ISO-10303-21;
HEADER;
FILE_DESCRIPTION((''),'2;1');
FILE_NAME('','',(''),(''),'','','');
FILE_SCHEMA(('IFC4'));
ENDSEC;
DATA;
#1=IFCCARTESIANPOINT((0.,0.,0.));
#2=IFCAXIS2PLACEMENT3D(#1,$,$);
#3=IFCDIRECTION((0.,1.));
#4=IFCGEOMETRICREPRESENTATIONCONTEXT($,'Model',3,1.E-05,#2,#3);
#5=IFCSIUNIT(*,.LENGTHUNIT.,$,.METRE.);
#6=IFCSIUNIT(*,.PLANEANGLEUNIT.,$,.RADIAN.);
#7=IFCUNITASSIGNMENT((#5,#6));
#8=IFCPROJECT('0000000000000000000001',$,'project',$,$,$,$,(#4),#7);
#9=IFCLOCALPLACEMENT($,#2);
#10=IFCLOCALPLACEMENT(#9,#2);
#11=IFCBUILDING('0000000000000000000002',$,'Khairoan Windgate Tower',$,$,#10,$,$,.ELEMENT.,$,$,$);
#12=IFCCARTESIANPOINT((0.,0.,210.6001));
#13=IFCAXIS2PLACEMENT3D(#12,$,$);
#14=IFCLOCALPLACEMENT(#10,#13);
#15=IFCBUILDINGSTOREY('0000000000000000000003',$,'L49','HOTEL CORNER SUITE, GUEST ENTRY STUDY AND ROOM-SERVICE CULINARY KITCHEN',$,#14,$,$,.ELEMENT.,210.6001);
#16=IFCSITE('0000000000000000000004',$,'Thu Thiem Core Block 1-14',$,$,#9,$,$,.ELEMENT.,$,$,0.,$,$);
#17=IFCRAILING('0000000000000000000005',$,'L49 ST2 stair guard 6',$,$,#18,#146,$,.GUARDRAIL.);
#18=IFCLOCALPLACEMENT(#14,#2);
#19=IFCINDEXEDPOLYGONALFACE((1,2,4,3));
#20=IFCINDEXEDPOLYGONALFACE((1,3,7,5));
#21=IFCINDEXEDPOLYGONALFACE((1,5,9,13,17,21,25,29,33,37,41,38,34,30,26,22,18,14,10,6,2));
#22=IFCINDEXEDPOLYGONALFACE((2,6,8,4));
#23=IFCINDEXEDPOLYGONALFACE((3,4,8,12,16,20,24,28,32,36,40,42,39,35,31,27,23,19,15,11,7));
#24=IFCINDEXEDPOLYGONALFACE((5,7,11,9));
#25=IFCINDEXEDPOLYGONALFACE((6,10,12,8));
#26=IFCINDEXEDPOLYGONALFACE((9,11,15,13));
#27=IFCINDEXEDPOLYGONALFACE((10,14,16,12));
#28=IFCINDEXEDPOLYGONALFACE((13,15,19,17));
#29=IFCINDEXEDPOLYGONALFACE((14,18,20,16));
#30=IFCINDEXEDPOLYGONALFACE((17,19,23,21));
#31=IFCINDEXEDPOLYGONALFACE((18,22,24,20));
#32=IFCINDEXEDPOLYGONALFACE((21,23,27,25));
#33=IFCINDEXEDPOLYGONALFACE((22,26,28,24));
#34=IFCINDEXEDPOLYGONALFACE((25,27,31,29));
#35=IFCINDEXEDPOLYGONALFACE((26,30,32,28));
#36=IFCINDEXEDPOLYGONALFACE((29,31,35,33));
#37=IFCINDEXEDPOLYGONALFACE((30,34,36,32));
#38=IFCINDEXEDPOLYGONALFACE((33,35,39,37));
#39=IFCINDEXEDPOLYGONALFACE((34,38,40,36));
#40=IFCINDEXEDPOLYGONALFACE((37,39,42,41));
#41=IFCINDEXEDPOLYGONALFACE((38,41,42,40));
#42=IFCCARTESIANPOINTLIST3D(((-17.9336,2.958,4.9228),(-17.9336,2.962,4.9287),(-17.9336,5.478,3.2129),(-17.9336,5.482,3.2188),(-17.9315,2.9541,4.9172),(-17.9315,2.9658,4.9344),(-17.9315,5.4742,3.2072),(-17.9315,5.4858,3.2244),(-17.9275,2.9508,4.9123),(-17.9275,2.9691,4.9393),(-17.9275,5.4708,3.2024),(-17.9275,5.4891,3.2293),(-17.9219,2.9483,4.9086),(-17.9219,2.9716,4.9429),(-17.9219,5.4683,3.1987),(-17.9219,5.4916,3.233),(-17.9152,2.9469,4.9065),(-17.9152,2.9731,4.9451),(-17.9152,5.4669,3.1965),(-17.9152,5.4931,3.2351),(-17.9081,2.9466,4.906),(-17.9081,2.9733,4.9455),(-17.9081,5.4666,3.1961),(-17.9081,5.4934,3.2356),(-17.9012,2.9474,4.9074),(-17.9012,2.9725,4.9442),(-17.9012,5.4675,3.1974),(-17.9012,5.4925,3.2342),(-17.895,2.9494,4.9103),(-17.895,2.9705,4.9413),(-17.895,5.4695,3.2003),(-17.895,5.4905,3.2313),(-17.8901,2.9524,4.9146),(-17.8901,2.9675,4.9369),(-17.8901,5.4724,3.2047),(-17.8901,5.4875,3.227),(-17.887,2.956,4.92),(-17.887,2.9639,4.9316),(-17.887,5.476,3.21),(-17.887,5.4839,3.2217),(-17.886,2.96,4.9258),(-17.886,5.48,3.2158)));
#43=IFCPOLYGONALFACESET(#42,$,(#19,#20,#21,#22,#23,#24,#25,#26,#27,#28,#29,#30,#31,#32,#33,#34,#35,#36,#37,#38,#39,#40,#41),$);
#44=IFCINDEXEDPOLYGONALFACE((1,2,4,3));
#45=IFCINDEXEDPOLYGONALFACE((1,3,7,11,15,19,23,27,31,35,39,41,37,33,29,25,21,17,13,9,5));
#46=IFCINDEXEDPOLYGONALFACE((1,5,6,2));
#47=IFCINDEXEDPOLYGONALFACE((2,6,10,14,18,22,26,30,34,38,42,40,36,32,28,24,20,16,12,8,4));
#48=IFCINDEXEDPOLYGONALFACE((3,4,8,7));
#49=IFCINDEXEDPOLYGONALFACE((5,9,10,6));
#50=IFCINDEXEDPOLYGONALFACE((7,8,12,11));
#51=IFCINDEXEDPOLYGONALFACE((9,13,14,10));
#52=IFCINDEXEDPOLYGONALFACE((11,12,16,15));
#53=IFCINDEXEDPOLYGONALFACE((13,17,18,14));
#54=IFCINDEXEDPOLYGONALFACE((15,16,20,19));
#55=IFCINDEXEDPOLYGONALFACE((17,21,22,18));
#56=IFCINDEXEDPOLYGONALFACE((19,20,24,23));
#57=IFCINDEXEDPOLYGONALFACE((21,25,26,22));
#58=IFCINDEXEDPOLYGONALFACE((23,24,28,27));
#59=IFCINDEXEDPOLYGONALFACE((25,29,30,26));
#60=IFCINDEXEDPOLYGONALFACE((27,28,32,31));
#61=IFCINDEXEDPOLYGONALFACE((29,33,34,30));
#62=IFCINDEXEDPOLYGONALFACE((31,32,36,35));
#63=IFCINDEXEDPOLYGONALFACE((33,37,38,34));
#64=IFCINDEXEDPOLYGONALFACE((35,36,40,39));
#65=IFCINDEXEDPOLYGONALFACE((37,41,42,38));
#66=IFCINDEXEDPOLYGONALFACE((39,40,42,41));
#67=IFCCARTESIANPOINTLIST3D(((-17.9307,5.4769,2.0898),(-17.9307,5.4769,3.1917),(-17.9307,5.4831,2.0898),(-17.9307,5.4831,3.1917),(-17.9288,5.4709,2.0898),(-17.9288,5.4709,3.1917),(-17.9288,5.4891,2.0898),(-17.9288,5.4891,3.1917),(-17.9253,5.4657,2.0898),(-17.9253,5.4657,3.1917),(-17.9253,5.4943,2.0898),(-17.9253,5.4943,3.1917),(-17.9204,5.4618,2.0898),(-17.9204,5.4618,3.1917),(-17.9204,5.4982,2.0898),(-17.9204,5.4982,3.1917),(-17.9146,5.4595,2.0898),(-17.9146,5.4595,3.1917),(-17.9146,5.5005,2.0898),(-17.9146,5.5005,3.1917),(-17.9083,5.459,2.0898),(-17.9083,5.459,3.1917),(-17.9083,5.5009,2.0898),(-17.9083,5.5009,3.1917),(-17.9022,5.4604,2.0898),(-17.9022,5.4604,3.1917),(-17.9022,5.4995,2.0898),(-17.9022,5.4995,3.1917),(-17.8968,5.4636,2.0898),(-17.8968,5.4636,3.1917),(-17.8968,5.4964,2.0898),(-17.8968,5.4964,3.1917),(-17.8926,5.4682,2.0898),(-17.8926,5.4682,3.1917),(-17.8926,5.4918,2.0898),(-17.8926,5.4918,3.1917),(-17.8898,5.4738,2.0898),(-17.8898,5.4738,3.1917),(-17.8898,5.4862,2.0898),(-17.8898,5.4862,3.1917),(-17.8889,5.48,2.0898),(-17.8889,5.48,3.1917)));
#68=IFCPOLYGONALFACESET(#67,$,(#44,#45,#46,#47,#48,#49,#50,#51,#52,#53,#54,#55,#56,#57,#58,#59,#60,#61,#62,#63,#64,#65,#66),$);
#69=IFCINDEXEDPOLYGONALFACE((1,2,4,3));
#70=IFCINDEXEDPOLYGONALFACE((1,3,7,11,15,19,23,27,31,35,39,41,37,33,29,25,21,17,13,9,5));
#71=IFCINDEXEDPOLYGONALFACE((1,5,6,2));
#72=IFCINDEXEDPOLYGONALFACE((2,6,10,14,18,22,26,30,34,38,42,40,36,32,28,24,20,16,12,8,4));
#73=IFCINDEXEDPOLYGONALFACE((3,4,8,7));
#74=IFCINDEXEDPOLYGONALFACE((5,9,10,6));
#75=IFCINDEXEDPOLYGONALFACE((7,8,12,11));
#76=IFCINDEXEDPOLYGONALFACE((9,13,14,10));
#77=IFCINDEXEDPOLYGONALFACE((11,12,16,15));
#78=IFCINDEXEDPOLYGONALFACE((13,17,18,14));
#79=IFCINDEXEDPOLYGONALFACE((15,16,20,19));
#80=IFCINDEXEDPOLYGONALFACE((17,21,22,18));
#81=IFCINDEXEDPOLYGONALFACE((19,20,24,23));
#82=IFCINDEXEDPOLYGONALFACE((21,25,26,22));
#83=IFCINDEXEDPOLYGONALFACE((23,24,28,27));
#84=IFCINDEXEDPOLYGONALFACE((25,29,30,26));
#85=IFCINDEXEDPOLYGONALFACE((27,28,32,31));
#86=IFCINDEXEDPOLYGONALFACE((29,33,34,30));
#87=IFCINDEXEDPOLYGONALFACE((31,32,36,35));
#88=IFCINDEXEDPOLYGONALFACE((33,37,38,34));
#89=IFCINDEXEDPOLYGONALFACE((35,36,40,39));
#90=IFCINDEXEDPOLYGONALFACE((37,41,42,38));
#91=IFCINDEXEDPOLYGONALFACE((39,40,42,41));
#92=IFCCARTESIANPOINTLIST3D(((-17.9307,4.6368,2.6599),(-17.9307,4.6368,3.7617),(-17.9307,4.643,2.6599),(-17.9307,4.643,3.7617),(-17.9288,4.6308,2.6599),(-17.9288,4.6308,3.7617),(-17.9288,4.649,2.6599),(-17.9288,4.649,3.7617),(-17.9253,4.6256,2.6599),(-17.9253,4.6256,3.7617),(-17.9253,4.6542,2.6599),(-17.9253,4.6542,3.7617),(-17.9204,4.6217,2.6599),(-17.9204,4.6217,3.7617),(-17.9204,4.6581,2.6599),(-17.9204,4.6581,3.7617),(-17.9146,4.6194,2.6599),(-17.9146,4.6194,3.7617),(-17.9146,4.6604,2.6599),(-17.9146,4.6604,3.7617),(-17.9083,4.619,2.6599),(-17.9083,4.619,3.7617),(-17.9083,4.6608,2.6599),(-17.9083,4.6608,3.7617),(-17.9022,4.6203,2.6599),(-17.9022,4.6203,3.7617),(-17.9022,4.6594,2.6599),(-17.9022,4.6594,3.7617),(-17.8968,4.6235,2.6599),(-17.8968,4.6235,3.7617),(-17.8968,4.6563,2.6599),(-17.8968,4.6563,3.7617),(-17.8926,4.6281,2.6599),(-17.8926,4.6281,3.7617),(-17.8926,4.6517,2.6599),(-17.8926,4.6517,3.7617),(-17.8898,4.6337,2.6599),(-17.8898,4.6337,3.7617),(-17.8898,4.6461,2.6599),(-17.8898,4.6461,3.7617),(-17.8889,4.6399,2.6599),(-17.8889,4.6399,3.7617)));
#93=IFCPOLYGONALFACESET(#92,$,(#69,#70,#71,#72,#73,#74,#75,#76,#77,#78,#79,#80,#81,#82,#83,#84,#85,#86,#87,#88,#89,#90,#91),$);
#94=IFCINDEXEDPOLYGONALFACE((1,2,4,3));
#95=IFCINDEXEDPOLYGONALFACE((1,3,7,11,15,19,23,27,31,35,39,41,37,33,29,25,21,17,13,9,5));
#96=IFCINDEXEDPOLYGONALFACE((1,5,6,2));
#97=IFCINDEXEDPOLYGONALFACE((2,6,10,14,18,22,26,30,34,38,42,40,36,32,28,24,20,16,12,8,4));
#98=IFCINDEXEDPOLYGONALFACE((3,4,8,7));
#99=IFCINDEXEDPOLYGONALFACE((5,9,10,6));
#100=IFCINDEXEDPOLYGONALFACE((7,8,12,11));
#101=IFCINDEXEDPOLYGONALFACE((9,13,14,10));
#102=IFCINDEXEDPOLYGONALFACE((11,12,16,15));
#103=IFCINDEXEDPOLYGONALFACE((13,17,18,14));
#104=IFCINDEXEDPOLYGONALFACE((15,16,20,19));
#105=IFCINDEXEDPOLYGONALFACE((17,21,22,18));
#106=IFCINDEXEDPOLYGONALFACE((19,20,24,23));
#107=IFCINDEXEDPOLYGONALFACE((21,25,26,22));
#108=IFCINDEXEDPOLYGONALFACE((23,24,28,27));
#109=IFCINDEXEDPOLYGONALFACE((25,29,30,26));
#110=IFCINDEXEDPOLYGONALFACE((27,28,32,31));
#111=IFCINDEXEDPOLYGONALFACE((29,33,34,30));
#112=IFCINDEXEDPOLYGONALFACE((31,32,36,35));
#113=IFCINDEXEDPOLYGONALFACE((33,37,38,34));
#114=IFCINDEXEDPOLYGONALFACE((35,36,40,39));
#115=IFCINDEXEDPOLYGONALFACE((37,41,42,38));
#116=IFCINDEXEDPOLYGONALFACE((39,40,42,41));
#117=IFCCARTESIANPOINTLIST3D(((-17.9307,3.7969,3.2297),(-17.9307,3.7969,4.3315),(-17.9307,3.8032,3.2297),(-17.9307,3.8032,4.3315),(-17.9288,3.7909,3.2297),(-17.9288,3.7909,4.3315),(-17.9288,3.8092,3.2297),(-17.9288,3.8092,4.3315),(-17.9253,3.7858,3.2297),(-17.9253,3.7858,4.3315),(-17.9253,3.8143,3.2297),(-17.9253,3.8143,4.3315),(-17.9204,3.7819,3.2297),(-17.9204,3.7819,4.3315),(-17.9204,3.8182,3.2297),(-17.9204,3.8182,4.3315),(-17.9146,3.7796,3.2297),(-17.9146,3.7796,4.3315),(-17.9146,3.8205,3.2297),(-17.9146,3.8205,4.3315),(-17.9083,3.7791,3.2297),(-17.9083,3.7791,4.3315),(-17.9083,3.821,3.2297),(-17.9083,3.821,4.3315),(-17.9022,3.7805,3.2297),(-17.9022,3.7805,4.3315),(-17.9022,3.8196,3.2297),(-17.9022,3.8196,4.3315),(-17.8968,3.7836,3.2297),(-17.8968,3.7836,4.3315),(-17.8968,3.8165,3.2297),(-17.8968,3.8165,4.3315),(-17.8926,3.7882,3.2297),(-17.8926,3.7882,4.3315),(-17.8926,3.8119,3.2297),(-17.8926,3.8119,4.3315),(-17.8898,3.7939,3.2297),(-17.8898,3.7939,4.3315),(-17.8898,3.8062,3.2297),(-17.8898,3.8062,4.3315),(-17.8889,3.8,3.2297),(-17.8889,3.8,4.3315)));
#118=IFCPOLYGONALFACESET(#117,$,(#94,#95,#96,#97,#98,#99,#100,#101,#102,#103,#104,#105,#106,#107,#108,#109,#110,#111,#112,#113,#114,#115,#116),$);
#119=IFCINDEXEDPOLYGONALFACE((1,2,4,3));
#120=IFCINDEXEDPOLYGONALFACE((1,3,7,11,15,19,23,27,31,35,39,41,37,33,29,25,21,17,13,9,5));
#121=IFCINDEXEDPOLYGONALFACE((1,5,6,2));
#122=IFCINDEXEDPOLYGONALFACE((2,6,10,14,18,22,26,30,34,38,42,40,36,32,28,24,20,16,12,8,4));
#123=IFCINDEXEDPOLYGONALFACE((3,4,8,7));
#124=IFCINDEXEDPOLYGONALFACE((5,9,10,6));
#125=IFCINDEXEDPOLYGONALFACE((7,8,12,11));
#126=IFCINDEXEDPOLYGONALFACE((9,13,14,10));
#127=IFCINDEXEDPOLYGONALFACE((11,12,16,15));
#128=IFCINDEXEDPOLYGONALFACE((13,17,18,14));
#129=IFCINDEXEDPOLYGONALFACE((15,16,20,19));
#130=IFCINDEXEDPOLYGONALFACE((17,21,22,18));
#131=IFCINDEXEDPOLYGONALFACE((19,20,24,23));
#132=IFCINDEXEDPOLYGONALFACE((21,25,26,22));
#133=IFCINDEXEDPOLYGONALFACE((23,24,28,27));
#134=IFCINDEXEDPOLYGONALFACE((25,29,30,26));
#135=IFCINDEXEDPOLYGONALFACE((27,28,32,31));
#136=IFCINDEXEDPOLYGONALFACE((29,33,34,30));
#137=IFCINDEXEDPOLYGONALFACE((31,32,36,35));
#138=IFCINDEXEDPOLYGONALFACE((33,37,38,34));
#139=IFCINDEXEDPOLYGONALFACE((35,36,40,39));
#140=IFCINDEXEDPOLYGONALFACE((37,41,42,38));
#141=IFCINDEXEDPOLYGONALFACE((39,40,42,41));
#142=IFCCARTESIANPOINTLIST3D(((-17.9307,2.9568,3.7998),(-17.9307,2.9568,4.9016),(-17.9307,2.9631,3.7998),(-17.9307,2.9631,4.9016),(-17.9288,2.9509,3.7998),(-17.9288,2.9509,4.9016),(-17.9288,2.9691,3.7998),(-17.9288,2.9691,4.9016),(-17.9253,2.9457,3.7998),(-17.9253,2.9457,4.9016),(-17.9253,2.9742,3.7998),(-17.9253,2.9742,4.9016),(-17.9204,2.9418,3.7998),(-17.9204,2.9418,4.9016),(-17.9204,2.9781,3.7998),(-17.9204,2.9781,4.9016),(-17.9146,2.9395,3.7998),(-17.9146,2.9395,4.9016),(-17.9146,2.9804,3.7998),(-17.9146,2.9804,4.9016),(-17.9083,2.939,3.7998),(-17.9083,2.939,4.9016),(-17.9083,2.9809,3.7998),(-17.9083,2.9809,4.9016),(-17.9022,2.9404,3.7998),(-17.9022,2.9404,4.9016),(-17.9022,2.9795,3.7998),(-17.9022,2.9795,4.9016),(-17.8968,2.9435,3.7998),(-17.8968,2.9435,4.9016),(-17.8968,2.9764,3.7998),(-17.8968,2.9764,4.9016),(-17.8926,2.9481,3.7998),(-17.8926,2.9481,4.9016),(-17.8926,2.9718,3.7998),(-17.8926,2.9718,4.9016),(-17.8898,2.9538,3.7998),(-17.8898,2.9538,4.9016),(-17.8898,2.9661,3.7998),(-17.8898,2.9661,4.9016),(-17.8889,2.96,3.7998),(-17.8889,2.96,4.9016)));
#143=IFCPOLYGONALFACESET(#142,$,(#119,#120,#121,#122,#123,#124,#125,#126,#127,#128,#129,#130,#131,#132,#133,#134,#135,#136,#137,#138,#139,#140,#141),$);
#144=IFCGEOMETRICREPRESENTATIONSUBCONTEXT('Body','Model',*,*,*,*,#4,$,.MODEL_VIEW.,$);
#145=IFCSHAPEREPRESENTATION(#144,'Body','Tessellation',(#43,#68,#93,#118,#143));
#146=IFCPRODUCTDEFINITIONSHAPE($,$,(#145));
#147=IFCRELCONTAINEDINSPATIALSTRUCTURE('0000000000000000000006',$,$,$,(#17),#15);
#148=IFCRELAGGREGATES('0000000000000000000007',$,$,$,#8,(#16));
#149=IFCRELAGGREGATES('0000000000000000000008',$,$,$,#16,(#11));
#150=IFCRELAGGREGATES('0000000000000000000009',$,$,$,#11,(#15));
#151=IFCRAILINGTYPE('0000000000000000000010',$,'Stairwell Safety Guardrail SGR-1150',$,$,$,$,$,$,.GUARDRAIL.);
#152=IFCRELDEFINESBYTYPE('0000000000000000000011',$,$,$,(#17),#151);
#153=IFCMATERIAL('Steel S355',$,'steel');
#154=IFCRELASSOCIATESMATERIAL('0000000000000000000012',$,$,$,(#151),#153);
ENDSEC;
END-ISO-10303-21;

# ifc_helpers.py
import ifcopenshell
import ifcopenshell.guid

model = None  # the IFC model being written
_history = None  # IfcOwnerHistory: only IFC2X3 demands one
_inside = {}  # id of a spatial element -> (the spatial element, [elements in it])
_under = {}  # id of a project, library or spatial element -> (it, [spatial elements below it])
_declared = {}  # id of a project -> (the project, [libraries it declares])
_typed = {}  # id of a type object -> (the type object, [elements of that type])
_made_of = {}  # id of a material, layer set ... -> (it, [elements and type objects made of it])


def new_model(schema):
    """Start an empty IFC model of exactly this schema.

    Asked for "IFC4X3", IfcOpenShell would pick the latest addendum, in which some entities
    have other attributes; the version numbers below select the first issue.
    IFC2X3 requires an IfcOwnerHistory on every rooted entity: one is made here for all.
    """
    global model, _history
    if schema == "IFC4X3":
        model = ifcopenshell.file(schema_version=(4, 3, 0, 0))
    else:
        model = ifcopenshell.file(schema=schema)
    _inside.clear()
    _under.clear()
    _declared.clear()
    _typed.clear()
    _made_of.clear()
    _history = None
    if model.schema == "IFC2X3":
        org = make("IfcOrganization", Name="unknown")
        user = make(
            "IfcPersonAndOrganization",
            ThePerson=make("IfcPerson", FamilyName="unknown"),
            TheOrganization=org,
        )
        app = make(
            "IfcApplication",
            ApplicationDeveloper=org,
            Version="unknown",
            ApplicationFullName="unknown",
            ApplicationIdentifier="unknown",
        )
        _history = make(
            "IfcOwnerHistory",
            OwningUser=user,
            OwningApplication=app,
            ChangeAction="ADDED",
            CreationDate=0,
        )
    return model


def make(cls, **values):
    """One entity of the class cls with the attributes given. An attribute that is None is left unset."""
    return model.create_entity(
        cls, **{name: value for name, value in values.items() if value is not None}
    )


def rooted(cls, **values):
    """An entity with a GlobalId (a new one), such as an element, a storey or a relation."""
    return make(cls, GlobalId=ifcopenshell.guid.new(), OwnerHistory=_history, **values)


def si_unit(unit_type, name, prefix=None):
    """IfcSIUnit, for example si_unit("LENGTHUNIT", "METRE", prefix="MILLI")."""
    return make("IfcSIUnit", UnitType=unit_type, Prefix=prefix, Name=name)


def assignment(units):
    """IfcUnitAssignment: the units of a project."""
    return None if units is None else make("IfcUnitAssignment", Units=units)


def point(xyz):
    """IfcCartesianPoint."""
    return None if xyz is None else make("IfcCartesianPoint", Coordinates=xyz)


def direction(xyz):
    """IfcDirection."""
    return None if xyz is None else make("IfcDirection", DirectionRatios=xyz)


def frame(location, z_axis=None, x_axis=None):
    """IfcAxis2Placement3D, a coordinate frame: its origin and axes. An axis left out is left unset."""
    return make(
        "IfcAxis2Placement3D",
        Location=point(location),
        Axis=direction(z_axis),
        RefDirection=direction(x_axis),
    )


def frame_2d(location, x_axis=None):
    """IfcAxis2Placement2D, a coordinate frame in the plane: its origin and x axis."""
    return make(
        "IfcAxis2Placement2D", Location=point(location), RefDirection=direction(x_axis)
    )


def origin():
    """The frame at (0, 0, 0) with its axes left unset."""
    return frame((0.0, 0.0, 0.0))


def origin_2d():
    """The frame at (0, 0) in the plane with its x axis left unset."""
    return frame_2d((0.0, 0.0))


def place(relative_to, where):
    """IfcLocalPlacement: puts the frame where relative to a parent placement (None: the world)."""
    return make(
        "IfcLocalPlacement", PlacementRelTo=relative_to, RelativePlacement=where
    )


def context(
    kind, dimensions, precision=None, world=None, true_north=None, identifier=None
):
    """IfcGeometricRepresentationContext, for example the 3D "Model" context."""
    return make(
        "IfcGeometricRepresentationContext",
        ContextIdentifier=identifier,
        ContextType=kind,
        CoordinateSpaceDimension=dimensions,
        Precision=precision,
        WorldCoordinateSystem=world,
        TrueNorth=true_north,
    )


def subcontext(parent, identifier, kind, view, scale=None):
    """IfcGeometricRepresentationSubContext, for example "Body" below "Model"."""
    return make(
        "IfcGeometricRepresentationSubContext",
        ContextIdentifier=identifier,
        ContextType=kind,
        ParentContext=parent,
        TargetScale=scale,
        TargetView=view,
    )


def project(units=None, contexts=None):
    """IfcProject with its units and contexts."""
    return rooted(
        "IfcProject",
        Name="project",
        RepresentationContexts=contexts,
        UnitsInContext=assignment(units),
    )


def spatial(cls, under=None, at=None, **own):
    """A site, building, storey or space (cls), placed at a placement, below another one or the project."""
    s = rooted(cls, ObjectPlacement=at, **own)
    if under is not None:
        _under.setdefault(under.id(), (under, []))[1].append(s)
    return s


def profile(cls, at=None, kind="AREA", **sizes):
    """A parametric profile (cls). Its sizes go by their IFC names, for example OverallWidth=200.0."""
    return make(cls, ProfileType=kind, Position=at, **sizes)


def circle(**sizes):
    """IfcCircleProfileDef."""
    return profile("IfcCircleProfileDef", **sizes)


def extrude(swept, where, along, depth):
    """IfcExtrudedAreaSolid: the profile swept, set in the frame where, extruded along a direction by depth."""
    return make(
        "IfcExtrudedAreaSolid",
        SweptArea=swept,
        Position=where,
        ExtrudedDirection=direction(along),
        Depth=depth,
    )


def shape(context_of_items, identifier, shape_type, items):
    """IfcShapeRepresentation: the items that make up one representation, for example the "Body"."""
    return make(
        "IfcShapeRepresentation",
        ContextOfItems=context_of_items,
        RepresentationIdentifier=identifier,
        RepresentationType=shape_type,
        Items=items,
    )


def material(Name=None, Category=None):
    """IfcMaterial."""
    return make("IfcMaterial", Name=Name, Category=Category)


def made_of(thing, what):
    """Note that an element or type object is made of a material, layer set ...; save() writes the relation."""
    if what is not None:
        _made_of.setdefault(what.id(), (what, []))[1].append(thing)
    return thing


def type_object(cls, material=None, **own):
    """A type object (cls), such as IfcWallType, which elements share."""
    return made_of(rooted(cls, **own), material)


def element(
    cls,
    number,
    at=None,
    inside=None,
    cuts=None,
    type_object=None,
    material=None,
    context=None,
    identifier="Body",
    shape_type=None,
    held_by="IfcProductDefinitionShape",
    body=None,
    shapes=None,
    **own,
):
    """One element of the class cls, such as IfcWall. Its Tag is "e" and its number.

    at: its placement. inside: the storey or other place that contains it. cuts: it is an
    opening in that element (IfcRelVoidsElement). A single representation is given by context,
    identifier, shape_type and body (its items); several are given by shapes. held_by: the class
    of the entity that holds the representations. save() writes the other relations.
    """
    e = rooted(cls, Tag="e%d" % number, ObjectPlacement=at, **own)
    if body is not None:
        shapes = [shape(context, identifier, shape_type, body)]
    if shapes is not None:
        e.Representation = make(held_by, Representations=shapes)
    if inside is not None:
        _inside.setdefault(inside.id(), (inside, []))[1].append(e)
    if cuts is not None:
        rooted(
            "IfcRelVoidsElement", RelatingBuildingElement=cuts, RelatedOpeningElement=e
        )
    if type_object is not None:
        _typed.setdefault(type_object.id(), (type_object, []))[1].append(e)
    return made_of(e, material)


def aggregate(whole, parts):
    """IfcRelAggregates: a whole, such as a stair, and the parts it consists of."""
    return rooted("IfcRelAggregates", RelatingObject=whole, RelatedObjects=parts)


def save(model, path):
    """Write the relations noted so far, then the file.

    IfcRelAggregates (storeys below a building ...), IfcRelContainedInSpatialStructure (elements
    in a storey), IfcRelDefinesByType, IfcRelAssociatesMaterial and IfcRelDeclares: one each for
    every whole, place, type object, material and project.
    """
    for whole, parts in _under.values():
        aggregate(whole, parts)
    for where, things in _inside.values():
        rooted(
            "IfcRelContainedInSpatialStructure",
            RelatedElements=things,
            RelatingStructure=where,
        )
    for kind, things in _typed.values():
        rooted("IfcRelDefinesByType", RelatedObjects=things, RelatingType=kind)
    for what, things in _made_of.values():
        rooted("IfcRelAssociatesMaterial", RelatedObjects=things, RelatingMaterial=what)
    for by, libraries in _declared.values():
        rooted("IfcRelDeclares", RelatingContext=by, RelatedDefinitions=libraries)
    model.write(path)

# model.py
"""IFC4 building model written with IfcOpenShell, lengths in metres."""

from ifc_helpers import new_model, si_unit, direction, frame, origin, origin_2d, place, context, subcontext, project, spatial, circle, extrude, material, type_object, element, save


model = new_model("IFC4")

# Units and contexts
model_context = context("Model", 3, precision=1e-05, world=origin(), true_north=direction((0.0, 1.0)))
body_context = subcontext(model_context, "Body", "Model", "MODEL_VIEW")
ifc_project = project(units=[si_unit("LENGTHUNIT", "METRE"), si_unit("PLANEANGLEUNIT", "RADIAN")], contexts=[model_context])

# Site, building, storey
site_placement = place(None, origin())
site = spatial("IfcSite", under=ifc_project, at=site_placement, Name="Thu Thiem Core Block 1-14", CompositionType="ELEMENT", RefElevation=0.0)
building_placement = place(site_placement, origin())
building = spatial("IfcBuilding", under=site, at=building_placement, Name="Khairoan Windgate Tower", CompositionType="ELEMENT")
storey_placement = place(building_placement, frame((0.0, 0.0, 210.6001)))
storey = spatial("IfcBuildingStorey", under=building, at=storey_placement, Name="L49", Description="HOTEL CORNER SUITE, GUEST ENTRY STUDY AND ROOM-SERVICE CULINARY KITCHEN", CompositionType="ELEMENT", Elevation=210.6001)

# Railing
ifc_material_1 = material(Name="Steel S355", Category="steel")
railing_type_1 = type_object("IfcRailingType", Name="Stairwell Safety Guardrail SGR-1150", PredefinedType="GUARDRAIL", material=ifc_material_1)
railing_1_placement = place(storey_placement, frame((-17.9099, 5.48, 2.0898)))
element("IfcRailing", 1, at=railing_1_placement, inside=storey, type_object=railing_type_1, Name="L49 ST2 stair guard 6", PredefinedType="GUARDRAIL", context=body_context, shape_type="SweptSolid", body=[
    extrude(circle(Radius=0.0239, at=origin_2d()), frame((0.0, 0.0, 1.126), z_axis=(0.0, -0.827484, 0.56149), x_axis=(1.0, 0.0, 0.0)), (0.0, 0.0, 1.0), 3.0454),
    extrude(circle(Radius=0.021, at=origin_2d()), origin(), (0.0, 0.0, 1.0), 1.1018),
    extrude(circle(Radius=0.021, at=origin_2d()), frame((0.0, -0.8401, 0.5701)), (0.0, 0.0, 1.0), 1.1018),
    extrude(circle(Radius=0.021, at=origin_2d()), frame((0.0, -1.6799, 1.1399)), (0.0, 0.0, 1.0), 1.1018),
    extrude(circle(Radius=0.021, at=origin_2d()), frame((0.0, -2.52, 1.71)), (0.0, 0.0, 1.0), 1.1018),
])

save(model, "model.ifc")
